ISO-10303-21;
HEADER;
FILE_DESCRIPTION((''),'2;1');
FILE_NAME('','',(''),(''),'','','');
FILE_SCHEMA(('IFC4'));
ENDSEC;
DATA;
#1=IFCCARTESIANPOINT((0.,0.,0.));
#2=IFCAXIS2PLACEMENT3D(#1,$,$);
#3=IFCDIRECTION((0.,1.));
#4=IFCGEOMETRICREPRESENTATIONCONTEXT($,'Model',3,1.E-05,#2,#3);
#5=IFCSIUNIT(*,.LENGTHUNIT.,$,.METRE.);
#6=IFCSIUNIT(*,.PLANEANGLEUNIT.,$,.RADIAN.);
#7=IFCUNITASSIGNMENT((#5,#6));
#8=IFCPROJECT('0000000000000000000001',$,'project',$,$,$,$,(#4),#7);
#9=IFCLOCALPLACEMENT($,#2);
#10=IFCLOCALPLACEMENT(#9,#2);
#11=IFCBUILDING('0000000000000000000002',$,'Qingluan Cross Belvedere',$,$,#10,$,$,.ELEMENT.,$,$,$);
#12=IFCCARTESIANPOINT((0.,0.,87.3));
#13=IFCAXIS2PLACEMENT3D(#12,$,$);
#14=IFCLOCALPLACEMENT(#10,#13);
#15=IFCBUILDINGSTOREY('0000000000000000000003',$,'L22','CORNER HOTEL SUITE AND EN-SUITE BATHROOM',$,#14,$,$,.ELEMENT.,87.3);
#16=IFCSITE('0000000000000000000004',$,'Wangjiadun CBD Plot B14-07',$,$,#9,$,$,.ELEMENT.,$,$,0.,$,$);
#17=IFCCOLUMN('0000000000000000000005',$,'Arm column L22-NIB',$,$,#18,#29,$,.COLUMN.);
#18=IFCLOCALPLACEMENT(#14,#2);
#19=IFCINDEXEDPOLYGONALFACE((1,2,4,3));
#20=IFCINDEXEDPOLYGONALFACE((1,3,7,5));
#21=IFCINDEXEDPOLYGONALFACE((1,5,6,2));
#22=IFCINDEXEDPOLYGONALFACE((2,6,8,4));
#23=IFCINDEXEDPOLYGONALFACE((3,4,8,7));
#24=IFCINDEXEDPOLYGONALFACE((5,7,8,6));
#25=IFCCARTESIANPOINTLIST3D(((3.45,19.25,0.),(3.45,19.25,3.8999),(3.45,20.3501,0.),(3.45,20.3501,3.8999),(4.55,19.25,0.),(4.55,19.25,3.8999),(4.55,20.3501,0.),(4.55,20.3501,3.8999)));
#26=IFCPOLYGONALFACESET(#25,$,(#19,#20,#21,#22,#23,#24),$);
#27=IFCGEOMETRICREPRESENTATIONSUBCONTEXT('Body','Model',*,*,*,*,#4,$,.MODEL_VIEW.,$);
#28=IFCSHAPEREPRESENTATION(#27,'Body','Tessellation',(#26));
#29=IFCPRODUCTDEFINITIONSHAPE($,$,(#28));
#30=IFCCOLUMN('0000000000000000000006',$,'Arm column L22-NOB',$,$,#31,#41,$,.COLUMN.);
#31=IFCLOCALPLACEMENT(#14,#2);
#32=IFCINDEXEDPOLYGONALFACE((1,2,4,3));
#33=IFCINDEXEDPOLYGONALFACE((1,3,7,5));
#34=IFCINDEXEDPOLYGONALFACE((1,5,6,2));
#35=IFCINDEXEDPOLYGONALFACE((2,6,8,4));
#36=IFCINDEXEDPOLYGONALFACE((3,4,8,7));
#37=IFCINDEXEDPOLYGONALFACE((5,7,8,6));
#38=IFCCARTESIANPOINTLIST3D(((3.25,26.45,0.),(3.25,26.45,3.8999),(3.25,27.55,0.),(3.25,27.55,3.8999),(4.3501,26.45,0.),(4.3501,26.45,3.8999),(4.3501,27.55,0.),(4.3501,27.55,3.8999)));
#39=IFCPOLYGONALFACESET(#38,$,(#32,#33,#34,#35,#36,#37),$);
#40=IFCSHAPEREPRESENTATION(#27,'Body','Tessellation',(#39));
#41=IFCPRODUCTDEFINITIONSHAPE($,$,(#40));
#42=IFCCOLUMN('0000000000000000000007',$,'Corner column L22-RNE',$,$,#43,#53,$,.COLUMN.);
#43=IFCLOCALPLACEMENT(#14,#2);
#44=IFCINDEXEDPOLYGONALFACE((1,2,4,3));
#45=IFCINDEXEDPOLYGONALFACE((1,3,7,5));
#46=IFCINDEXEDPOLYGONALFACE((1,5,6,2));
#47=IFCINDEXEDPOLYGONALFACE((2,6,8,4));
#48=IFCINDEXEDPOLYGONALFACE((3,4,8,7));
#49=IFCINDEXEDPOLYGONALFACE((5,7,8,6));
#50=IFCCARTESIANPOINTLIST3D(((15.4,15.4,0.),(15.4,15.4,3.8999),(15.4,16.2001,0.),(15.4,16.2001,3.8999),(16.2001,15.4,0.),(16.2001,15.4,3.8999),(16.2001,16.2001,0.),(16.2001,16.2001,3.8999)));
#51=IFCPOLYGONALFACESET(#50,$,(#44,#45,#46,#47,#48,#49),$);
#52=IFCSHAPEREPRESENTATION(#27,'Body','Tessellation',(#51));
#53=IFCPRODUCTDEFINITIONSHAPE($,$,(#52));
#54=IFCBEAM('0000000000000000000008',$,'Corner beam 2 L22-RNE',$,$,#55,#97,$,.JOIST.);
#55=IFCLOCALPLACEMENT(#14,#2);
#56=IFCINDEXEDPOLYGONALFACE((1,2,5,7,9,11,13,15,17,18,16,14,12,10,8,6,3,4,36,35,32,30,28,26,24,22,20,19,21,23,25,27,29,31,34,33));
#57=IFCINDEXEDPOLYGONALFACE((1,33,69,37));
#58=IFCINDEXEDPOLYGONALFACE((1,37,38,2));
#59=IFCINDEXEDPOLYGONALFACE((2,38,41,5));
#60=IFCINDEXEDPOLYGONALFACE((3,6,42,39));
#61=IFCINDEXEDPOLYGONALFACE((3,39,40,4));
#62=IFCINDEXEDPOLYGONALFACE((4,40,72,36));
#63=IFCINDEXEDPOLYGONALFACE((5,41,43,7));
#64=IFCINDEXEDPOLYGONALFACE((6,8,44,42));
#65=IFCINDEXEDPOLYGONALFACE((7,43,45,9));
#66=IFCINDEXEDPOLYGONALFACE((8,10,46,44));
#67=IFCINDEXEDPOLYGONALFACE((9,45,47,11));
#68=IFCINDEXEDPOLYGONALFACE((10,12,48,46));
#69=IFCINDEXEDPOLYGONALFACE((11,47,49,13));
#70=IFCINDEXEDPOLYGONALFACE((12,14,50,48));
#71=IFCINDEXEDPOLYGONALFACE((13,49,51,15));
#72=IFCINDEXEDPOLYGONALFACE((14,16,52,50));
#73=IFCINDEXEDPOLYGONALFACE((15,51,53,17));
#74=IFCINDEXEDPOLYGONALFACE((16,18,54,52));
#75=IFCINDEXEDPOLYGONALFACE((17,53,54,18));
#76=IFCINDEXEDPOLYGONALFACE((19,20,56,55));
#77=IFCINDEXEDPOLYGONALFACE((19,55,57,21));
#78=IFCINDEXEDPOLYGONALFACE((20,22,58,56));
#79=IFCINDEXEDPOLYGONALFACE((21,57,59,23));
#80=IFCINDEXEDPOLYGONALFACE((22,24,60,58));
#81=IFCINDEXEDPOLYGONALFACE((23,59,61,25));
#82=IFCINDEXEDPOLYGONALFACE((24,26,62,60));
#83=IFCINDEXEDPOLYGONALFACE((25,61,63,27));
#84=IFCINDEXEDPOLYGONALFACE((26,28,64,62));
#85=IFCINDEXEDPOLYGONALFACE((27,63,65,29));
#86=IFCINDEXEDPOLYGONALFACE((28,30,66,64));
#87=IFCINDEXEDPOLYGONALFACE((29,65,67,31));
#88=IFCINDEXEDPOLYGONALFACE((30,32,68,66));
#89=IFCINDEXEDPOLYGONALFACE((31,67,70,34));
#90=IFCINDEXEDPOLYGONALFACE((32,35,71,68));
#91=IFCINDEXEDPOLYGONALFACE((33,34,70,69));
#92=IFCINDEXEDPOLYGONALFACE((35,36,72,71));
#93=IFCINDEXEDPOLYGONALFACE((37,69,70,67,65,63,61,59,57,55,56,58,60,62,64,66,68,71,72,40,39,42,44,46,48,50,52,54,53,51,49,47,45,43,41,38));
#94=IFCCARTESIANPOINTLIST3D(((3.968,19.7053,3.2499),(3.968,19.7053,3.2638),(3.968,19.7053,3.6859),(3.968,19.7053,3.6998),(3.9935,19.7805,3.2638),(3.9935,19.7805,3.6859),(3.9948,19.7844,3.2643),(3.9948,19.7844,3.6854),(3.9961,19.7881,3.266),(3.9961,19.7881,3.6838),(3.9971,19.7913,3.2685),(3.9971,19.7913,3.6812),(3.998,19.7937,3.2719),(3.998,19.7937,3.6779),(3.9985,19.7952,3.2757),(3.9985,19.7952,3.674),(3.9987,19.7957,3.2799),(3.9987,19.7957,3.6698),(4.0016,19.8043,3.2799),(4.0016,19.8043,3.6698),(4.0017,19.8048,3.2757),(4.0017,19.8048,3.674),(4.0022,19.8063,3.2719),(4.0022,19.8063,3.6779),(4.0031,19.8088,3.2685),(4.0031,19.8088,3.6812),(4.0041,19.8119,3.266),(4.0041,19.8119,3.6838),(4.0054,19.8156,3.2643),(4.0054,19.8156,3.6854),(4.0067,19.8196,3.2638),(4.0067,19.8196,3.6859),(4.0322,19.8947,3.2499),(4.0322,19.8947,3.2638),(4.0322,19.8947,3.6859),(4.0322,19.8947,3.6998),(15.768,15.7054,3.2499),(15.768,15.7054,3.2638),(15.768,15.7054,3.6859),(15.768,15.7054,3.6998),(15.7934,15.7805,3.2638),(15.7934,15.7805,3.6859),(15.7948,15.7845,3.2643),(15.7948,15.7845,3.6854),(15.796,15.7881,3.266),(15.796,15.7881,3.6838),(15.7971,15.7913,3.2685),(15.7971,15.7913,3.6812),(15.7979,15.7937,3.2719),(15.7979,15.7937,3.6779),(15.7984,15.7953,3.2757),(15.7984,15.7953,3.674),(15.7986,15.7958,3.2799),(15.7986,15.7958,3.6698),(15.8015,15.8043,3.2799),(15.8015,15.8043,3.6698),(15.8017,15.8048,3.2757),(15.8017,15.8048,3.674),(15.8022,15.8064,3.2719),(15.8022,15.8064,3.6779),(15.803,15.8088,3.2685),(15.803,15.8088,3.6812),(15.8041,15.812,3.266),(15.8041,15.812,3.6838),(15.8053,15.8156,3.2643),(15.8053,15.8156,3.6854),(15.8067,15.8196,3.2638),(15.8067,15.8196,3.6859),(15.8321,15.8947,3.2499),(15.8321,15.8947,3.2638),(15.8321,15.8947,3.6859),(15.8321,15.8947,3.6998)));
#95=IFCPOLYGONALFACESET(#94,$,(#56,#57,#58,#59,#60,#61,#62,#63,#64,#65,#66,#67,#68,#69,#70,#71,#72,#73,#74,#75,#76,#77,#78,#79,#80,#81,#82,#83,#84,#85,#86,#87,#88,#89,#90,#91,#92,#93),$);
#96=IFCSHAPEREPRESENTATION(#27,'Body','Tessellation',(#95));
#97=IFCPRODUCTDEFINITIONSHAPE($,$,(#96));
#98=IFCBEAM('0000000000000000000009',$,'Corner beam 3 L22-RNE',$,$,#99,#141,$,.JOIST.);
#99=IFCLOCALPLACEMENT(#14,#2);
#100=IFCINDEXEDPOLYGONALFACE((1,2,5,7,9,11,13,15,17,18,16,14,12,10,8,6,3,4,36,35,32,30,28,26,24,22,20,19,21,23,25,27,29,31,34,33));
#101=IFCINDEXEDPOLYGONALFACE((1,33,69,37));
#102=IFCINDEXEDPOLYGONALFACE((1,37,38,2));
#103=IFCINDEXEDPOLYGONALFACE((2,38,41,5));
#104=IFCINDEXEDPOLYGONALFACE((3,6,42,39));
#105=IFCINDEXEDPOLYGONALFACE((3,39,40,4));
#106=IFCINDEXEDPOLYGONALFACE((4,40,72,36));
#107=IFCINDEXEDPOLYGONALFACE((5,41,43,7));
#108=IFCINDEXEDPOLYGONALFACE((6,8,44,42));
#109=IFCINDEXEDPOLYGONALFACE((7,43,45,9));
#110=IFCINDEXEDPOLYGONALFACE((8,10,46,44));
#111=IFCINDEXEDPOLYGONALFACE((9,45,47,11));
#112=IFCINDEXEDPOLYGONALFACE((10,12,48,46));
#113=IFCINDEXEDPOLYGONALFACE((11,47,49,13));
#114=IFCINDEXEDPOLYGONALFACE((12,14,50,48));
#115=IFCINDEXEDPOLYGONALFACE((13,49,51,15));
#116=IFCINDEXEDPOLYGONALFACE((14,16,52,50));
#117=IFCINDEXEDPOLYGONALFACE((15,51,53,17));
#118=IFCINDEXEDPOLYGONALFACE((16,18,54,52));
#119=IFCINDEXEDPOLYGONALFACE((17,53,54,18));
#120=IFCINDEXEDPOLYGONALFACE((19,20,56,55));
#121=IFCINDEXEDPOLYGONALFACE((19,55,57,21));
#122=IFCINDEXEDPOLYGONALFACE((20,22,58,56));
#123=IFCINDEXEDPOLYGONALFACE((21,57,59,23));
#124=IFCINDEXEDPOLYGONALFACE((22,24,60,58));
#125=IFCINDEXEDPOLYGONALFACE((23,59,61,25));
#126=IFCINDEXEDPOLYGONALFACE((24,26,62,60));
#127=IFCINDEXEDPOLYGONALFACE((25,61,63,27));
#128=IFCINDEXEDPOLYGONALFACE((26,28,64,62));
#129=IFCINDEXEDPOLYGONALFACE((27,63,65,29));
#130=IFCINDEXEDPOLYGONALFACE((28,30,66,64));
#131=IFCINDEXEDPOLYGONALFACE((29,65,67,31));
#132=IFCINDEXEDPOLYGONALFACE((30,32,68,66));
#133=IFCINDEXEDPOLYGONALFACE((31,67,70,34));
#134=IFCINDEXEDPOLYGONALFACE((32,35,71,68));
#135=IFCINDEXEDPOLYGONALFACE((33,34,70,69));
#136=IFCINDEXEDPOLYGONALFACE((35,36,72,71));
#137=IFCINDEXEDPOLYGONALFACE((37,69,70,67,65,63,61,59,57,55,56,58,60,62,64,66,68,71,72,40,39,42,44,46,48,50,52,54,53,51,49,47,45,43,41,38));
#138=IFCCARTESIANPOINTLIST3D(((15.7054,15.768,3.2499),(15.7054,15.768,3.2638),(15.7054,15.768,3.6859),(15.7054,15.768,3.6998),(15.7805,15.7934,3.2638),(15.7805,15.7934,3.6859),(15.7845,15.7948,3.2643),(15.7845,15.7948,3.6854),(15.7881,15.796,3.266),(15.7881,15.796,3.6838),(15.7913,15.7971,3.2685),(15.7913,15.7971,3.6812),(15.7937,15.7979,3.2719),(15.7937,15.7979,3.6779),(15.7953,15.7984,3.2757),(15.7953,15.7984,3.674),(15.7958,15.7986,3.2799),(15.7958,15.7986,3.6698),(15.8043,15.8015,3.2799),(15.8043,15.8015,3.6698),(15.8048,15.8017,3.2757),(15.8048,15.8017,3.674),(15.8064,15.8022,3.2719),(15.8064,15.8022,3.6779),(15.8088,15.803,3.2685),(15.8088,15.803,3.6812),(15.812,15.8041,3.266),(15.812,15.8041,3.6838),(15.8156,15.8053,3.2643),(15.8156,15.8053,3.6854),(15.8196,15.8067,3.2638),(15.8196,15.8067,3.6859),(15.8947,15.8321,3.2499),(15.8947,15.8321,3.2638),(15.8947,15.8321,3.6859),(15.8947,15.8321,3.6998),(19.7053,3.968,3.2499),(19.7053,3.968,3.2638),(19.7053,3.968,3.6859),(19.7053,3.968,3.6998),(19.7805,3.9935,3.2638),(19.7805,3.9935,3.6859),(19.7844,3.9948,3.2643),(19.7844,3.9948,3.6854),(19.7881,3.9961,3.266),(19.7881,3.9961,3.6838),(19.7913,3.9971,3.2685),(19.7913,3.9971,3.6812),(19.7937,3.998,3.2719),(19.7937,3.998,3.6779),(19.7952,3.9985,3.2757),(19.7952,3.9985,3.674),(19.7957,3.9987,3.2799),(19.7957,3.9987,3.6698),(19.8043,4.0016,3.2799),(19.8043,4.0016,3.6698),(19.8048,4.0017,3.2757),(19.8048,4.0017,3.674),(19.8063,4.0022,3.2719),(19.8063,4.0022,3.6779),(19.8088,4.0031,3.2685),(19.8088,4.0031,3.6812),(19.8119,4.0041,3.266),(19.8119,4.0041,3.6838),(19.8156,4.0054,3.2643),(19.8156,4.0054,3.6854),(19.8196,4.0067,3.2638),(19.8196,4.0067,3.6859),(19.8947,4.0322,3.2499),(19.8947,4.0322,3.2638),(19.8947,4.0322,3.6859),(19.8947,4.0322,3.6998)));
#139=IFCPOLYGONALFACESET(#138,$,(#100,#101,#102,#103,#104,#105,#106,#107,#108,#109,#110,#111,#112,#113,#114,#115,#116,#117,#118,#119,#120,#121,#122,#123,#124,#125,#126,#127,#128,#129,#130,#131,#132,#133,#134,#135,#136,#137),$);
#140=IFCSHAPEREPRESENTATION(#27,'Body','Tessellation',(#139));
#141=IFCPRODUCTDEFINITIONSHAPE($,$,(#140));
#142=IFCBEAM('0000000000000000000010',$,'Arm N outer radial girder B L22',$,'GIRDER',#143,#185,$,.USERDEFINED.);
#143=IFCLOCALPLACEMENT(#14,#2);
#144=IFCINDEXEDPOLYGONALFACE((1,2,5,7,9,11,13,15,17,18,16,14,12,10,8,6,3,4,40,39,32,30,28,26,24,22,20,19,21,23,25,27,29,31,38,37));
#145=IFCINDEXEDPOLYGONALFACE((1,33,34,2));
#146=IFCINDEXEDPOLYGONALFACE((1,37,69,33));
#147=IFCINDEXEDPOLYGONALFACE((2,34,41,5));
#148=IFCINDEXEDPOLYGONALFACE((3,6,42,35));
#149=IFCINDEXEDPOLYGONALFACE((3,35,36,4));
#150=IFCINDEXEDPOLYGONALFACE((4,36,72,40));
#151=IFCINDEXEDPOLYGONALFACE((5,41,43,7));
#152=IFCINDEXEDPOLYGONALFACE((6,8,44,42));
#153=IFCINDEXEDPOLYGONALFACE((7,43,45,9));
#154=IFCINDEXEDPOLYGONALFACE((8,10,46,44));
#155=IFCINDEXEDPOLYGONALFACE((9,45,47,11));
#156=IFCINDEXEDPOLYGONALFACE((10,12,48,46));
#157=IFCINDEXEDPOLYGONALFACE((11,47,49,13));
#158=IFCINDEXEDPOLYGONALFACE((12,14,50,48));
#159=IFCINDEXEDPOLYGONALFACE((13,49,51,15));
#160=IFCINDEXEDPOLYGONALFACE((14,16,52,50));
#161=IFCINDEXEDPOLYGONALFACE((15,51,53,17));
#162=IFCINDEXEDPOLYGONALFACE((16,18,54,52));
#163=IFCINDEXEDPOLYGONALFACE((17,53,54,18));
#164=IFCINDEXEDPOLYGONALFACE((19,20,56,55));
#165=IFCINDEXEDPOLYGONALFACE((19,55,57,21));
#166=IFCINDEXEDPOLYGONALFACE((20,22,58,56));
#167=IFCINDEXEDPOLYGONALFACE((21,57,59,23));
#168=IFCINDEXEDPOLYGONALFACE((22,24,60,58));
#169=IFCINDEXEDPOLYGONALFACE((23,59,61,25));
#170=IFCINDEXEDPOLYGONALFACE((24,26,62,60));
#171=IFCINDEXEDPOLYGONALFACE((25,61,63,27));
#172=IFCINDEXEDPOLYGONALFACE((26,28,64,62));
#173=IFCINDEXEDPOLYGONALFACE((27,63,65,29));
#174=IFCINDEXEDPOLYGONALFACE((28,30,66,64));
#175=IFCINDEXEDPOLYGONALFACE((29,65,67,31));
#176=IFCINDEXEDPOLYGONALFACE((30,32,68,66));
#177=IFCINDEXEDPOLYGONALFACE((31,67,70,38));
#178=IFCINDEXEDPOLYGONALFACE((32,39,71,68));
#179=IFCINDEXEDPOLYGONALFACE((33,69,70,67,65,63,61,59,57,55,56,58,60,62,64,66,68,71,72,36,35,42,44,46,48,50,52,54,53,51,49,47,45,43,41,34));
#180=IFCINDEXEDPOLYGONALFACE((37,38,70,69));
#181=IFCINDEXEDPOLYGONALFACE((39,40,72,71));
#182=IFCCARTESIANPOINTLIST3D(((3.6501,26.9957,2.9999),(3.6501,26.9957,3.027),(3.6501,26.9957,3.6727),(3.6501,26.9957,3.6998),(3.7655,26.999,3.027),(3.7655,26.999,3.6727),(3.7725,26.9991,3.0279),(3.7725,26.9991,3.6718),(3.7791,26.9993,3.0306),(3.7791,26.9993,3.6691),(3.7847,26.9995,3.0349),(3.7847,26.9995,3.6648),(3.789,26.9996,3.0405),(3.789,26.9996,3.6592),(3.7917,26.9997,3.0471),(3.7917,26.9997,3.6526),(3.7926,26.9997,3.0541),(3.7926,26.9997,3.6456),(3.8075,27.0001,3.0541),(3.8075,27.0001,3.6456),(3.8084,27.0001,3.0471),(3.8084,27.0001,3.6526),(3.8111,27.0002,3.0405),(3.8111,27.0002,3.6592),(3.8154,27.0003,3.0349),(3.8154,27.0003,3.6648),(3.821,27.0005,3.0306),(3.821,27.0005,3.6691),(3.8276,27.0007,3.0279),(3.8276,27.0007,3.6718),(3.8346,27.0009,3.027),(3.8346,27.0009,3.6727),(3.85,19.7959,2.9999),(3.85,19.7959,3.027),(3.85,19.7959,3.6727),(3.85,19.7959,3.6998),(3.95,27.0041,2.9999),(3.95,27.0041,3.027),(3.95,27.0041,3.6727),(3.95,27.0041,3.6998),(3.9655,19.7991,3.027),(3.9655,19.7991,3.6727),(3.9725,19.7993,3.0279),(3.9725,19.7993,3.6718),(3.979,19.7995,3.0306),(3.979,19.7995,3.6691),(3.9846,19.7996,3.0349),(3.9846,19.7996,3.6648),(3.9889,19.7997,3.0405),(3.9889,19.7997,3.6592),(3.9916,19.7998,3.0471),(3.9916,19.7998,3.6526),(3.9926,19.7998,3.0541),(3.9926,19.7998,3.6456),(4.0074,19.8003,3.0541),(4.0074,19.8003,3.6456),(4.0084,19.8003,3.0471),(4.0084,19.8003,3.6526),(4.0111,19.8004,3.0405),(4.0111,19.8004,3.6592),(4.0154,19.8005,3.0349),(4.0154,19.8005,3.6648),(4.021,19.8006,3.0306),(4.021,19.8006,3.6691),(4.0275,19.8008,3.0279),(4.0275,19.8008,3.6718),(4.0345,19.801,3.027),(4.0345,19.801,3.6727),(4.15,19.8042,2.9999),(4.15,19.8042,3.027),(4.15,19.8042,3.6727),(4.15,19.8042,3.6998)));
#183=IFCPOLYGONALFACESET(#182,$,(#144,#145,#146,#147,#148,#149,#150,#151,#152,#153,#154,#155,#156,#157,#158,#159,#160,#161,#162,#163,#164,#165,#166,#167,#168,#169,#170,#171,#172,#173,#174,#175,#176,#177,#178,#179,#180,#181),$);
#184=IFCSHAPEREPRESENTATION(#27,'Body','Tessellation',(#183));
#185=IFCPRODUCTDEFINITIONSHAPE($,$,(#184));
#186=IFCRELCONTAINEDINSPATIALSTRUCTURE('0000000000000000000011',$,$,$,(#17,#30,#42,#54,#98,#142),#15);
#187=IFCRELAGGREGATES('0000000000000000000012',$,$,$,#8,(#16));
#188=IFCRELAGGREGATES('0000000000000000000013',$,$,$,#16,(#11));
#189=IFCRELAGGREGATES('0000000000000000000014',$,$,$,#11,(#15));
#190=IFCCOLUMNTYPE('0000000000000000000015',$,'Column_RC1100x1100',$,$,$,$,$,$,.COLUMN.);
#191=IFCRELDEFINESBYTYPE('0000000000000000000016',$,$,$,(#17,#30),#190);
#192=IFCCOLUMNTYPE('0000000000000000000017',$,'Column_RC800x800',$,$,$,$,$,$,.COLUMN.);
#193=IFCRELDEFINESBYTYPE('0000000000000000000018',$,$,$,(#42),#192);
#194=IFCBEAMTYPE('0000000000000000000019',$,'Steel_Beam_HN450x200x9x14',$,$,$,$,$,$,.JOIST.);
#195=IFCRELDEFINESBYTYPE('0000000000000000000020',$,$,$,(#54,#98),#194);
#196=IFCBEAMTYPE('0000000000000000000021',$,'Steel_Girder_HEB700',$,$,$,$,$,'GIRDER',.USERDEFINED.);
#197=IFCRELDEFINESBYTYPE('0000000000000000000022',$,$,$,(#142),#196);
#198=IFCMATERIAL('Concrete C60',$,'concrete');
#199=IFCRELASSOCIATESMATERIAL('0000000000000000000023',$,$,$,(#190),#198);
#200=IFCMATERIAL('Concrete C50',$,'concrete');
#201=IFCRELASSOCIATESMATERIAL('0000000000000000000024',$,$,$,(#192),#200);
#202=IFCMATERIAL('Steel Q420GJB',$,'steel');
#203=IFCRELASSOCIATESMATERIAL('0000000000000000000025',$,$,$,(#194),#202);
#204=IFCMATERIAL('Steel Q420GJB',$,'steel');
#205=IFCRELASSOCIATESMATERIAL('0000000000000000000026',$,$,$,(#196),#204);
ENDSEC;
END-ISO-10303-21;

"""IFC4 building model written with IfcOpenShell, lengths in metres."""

from ifc_helpers import new_model, si_unit, direction, frame, origin, origin_2d, place, context, subcontext, project, spatial, rectangle, i_section, extrude, material, material_profile, profile_set, type_object, element, save


model = new_model("IFC4")

# Units and contexts
model_context = context("Model", 3, precision=1e-05, world=origin(), true_north=direction((0.0, 1.0)))
body_context = subcontext(model_context, "Body", "Model", "MODEL_VIEW")
ifc_project = project(units=[si_unit("LENGTHUNIT", "METRE"), si_unit("PLANEANGLEUNIT", "RADIAN")], contexts=[model_context])

# Site, building, storey
site_placement = place(None, origin())
site = spatial("IfcSite", under=ifc_project, at=site_placement, Name="Wangjiadun CBD Plot B14-07", CompositionType="ELEMENT", RefElevation=0.0)
building_placement = place(site_placement, origin())
building = spatial("IfcBuilding", under=site, at=building_placement, Name="Qingluan Cross Belvedere", CompositionType="ELEMENT")
storey_placement = place(building_placement, frame((0.0, 0.0, 87.3)))
storey = spatial("IfcBuildingStorey", under=building, at=storey_placement, Name="L22", Description="CORNER HOTEL SUITE AND EN-SUITE BATHROOM", CompositionType="ELEMENT", Elevation=87.3)

# Columns
ifc_material_1 = material(Name="Concrete C60", Category="concrete")
ifc_material_profile_1 = material_profile(ifc_material_1, rectangle(XDim=1.1001, YDim=1.1001, at=origin_2d()), Name="RC1100x1100")
ifc_profile_set_1 = profile_set([ifc_material_profile_1], Name="Concrete C60")
column_type_1 = type_object("IfcColumnType", Name="Column_RC1100x1100", PredefinedType="COLUMN", material=ifc_profile_set_1)
for number, where, z_axis, x_axis, name in (
    (1, (4.0, 19.8, 0.0), (0.0, 0.0, 1.0), (1.0, 0.0, 0.0), "Arm column L22-NIB"),
    (2, (3.8, 27.0, 0.0), (0.0, 0.0, 1.0), (1.0, 0.0, 0.0), "Arm column L22-NOB"),
):
    element("IfcColumn", number, at=place(storey_placement, frame(where, z_axis=z_axis, x_axis=x_axis)), inside=storey, type_object=column_type_1, Name=name, PredefinedType="COLUMN", context=body_context, shape_type="SweptSolid", body=[
        extrude(rectangle(XDim=1.1001, YDim=1.1001, at=origin_2d()), origin(), (0.0, 0.0, 1.0), 3.8999),
    ])
ifc_material_2 = material(Name="Concrete C50", Category="concrete")
ifc_material_profile_2 = material_profile(ifc_material_2, rectangle(XDim=0.8, YDim=0.8, at=origin_2d()), Name="RC800x800")
ifc_profile_set_2 = profile_set([ifc_material_profile_2], Name="Concrete C50")
column_type_2 = type_object("IfcColumnType", Name="Column_RC800x800", PredefinedType="COLUMN", material=ifc_profile_set_2)
column_placement = place(storey_placement, frame((15.8, 15.8, 0.0), z_axis=(0.0, 0.0, 1.0), x_axis=(1.0, 0.0, 0.0)))
element("IfcColumn", 3, at=column_placement, inside=storey, type_object=column_type_2, Name="Corner column L22-RNE", PredefinedType="COLUMN", context=body_context, shape_type="SweptSolid", body=[
    extrude(rectangle(XDim=0.8, YDim=0.8, at=origin_2d()), origin(), (0.0, 0.0, 1.0), 3.8999),
])

# Beams
ifc_material_3 = material(Name="Steel Q420GJB", Category="steel")
ifc_material_profile_3 = material_profile(ifc_material_3, i_section(OverallWidth=0.2, OverallDepth=0.45, WebThickness=0.009, FlangeThickness=0.0139, FilletRadius=0.0161, at=origin_2d()), Name="HN450x200x9x14")
ifc_profile_set_3 = profile_set([ifc_material_profile_3], Name="Steel Q420GJB")
beam_type_1 = type_object("IfcBeamType", Name="Steel_Beam_HN450x200x9x14", PredefinedType="JOIST", material=ifc_profile_set_3)
for number, where, z_axis, x_axis, name in (
    (4, (15.8, 15.8, 3.4749), (-0.947066, 0.321038, 0.0), (-0.321038, -0.947066, 0.0), "Corner beam 2 L22-RNE"),
    (5, (15.8, 15.8, 3.4749), (0.321038, -0.947066, 0.0), (0.947066, 0.321038, 0.0), "Corner beam 3 L22-RNE"),
):
    element("IfcBeam", number, at=place(storey_placement, frame(where, z_axis=z_axis, x_axis=x_axis)), inside=storey, type_object=beam_type_1, Name=name, PredefinedType="JOIST", context=body_context, shape_type="SweptSolid", body=[
        extrude(i_section(OverallWidth=0.2, OverallDepth=0.45, WebThickness=0.009, FlangeThickness=0.0139, FilletRadius=0.0161, at=origin_2d()), origin(), (0.0, 0.0, 1.0), 12.4595),
    ])
ifc_material_4 = material(Name="Steel Q420GJB", Category="steel")
ifc_material_profile_4 = material_profile(ifc_material_4, i_section(OverallWidth=0.3, OverallDepth=0.7, WebThickness=0.0149, FlangeThickness=0.0271, FilletRadius=0.0271, at=origin_2d()), Name="HEB700")
ifc_profile_set_4 = profile_set([ifc_material_profile_4], Name="Steel Q420GJB")
beam_type_2 = type_object("IfcBeamType", Name="Steel_Girder_HEB700", ElementType="GIRDER", PredefinedType="USERDEFINED", material=ifc_profile_set_4)
beam_placement = place(storey_placement, frame((4.0, 19.8, 3.3499), z_axis=(-0.02776, 0.999615, 0.0), x_axis=(-0.999615, -0.02776, 0.0)))
element("IfcBeam", 6, at=beam_placement, inside=storey, type_object=beam_type_2, Name="Arm N outer radial girder B L22", ObjectType="GIRDER", PredefinedType="USERDEFINED", context=body_context, shape_type="SweptSolid", body=[
    extrude(i_section(OverallWidth=0.3, OverallDepth=0.7, WebThickness=0.0149, FlangeThickness=0.0271, FilletRadius=0.0271, at=origin_2d()), origin(), (0.0, 0.0, 1.0), 7.2026),
])

save(model, "model.ifc")
